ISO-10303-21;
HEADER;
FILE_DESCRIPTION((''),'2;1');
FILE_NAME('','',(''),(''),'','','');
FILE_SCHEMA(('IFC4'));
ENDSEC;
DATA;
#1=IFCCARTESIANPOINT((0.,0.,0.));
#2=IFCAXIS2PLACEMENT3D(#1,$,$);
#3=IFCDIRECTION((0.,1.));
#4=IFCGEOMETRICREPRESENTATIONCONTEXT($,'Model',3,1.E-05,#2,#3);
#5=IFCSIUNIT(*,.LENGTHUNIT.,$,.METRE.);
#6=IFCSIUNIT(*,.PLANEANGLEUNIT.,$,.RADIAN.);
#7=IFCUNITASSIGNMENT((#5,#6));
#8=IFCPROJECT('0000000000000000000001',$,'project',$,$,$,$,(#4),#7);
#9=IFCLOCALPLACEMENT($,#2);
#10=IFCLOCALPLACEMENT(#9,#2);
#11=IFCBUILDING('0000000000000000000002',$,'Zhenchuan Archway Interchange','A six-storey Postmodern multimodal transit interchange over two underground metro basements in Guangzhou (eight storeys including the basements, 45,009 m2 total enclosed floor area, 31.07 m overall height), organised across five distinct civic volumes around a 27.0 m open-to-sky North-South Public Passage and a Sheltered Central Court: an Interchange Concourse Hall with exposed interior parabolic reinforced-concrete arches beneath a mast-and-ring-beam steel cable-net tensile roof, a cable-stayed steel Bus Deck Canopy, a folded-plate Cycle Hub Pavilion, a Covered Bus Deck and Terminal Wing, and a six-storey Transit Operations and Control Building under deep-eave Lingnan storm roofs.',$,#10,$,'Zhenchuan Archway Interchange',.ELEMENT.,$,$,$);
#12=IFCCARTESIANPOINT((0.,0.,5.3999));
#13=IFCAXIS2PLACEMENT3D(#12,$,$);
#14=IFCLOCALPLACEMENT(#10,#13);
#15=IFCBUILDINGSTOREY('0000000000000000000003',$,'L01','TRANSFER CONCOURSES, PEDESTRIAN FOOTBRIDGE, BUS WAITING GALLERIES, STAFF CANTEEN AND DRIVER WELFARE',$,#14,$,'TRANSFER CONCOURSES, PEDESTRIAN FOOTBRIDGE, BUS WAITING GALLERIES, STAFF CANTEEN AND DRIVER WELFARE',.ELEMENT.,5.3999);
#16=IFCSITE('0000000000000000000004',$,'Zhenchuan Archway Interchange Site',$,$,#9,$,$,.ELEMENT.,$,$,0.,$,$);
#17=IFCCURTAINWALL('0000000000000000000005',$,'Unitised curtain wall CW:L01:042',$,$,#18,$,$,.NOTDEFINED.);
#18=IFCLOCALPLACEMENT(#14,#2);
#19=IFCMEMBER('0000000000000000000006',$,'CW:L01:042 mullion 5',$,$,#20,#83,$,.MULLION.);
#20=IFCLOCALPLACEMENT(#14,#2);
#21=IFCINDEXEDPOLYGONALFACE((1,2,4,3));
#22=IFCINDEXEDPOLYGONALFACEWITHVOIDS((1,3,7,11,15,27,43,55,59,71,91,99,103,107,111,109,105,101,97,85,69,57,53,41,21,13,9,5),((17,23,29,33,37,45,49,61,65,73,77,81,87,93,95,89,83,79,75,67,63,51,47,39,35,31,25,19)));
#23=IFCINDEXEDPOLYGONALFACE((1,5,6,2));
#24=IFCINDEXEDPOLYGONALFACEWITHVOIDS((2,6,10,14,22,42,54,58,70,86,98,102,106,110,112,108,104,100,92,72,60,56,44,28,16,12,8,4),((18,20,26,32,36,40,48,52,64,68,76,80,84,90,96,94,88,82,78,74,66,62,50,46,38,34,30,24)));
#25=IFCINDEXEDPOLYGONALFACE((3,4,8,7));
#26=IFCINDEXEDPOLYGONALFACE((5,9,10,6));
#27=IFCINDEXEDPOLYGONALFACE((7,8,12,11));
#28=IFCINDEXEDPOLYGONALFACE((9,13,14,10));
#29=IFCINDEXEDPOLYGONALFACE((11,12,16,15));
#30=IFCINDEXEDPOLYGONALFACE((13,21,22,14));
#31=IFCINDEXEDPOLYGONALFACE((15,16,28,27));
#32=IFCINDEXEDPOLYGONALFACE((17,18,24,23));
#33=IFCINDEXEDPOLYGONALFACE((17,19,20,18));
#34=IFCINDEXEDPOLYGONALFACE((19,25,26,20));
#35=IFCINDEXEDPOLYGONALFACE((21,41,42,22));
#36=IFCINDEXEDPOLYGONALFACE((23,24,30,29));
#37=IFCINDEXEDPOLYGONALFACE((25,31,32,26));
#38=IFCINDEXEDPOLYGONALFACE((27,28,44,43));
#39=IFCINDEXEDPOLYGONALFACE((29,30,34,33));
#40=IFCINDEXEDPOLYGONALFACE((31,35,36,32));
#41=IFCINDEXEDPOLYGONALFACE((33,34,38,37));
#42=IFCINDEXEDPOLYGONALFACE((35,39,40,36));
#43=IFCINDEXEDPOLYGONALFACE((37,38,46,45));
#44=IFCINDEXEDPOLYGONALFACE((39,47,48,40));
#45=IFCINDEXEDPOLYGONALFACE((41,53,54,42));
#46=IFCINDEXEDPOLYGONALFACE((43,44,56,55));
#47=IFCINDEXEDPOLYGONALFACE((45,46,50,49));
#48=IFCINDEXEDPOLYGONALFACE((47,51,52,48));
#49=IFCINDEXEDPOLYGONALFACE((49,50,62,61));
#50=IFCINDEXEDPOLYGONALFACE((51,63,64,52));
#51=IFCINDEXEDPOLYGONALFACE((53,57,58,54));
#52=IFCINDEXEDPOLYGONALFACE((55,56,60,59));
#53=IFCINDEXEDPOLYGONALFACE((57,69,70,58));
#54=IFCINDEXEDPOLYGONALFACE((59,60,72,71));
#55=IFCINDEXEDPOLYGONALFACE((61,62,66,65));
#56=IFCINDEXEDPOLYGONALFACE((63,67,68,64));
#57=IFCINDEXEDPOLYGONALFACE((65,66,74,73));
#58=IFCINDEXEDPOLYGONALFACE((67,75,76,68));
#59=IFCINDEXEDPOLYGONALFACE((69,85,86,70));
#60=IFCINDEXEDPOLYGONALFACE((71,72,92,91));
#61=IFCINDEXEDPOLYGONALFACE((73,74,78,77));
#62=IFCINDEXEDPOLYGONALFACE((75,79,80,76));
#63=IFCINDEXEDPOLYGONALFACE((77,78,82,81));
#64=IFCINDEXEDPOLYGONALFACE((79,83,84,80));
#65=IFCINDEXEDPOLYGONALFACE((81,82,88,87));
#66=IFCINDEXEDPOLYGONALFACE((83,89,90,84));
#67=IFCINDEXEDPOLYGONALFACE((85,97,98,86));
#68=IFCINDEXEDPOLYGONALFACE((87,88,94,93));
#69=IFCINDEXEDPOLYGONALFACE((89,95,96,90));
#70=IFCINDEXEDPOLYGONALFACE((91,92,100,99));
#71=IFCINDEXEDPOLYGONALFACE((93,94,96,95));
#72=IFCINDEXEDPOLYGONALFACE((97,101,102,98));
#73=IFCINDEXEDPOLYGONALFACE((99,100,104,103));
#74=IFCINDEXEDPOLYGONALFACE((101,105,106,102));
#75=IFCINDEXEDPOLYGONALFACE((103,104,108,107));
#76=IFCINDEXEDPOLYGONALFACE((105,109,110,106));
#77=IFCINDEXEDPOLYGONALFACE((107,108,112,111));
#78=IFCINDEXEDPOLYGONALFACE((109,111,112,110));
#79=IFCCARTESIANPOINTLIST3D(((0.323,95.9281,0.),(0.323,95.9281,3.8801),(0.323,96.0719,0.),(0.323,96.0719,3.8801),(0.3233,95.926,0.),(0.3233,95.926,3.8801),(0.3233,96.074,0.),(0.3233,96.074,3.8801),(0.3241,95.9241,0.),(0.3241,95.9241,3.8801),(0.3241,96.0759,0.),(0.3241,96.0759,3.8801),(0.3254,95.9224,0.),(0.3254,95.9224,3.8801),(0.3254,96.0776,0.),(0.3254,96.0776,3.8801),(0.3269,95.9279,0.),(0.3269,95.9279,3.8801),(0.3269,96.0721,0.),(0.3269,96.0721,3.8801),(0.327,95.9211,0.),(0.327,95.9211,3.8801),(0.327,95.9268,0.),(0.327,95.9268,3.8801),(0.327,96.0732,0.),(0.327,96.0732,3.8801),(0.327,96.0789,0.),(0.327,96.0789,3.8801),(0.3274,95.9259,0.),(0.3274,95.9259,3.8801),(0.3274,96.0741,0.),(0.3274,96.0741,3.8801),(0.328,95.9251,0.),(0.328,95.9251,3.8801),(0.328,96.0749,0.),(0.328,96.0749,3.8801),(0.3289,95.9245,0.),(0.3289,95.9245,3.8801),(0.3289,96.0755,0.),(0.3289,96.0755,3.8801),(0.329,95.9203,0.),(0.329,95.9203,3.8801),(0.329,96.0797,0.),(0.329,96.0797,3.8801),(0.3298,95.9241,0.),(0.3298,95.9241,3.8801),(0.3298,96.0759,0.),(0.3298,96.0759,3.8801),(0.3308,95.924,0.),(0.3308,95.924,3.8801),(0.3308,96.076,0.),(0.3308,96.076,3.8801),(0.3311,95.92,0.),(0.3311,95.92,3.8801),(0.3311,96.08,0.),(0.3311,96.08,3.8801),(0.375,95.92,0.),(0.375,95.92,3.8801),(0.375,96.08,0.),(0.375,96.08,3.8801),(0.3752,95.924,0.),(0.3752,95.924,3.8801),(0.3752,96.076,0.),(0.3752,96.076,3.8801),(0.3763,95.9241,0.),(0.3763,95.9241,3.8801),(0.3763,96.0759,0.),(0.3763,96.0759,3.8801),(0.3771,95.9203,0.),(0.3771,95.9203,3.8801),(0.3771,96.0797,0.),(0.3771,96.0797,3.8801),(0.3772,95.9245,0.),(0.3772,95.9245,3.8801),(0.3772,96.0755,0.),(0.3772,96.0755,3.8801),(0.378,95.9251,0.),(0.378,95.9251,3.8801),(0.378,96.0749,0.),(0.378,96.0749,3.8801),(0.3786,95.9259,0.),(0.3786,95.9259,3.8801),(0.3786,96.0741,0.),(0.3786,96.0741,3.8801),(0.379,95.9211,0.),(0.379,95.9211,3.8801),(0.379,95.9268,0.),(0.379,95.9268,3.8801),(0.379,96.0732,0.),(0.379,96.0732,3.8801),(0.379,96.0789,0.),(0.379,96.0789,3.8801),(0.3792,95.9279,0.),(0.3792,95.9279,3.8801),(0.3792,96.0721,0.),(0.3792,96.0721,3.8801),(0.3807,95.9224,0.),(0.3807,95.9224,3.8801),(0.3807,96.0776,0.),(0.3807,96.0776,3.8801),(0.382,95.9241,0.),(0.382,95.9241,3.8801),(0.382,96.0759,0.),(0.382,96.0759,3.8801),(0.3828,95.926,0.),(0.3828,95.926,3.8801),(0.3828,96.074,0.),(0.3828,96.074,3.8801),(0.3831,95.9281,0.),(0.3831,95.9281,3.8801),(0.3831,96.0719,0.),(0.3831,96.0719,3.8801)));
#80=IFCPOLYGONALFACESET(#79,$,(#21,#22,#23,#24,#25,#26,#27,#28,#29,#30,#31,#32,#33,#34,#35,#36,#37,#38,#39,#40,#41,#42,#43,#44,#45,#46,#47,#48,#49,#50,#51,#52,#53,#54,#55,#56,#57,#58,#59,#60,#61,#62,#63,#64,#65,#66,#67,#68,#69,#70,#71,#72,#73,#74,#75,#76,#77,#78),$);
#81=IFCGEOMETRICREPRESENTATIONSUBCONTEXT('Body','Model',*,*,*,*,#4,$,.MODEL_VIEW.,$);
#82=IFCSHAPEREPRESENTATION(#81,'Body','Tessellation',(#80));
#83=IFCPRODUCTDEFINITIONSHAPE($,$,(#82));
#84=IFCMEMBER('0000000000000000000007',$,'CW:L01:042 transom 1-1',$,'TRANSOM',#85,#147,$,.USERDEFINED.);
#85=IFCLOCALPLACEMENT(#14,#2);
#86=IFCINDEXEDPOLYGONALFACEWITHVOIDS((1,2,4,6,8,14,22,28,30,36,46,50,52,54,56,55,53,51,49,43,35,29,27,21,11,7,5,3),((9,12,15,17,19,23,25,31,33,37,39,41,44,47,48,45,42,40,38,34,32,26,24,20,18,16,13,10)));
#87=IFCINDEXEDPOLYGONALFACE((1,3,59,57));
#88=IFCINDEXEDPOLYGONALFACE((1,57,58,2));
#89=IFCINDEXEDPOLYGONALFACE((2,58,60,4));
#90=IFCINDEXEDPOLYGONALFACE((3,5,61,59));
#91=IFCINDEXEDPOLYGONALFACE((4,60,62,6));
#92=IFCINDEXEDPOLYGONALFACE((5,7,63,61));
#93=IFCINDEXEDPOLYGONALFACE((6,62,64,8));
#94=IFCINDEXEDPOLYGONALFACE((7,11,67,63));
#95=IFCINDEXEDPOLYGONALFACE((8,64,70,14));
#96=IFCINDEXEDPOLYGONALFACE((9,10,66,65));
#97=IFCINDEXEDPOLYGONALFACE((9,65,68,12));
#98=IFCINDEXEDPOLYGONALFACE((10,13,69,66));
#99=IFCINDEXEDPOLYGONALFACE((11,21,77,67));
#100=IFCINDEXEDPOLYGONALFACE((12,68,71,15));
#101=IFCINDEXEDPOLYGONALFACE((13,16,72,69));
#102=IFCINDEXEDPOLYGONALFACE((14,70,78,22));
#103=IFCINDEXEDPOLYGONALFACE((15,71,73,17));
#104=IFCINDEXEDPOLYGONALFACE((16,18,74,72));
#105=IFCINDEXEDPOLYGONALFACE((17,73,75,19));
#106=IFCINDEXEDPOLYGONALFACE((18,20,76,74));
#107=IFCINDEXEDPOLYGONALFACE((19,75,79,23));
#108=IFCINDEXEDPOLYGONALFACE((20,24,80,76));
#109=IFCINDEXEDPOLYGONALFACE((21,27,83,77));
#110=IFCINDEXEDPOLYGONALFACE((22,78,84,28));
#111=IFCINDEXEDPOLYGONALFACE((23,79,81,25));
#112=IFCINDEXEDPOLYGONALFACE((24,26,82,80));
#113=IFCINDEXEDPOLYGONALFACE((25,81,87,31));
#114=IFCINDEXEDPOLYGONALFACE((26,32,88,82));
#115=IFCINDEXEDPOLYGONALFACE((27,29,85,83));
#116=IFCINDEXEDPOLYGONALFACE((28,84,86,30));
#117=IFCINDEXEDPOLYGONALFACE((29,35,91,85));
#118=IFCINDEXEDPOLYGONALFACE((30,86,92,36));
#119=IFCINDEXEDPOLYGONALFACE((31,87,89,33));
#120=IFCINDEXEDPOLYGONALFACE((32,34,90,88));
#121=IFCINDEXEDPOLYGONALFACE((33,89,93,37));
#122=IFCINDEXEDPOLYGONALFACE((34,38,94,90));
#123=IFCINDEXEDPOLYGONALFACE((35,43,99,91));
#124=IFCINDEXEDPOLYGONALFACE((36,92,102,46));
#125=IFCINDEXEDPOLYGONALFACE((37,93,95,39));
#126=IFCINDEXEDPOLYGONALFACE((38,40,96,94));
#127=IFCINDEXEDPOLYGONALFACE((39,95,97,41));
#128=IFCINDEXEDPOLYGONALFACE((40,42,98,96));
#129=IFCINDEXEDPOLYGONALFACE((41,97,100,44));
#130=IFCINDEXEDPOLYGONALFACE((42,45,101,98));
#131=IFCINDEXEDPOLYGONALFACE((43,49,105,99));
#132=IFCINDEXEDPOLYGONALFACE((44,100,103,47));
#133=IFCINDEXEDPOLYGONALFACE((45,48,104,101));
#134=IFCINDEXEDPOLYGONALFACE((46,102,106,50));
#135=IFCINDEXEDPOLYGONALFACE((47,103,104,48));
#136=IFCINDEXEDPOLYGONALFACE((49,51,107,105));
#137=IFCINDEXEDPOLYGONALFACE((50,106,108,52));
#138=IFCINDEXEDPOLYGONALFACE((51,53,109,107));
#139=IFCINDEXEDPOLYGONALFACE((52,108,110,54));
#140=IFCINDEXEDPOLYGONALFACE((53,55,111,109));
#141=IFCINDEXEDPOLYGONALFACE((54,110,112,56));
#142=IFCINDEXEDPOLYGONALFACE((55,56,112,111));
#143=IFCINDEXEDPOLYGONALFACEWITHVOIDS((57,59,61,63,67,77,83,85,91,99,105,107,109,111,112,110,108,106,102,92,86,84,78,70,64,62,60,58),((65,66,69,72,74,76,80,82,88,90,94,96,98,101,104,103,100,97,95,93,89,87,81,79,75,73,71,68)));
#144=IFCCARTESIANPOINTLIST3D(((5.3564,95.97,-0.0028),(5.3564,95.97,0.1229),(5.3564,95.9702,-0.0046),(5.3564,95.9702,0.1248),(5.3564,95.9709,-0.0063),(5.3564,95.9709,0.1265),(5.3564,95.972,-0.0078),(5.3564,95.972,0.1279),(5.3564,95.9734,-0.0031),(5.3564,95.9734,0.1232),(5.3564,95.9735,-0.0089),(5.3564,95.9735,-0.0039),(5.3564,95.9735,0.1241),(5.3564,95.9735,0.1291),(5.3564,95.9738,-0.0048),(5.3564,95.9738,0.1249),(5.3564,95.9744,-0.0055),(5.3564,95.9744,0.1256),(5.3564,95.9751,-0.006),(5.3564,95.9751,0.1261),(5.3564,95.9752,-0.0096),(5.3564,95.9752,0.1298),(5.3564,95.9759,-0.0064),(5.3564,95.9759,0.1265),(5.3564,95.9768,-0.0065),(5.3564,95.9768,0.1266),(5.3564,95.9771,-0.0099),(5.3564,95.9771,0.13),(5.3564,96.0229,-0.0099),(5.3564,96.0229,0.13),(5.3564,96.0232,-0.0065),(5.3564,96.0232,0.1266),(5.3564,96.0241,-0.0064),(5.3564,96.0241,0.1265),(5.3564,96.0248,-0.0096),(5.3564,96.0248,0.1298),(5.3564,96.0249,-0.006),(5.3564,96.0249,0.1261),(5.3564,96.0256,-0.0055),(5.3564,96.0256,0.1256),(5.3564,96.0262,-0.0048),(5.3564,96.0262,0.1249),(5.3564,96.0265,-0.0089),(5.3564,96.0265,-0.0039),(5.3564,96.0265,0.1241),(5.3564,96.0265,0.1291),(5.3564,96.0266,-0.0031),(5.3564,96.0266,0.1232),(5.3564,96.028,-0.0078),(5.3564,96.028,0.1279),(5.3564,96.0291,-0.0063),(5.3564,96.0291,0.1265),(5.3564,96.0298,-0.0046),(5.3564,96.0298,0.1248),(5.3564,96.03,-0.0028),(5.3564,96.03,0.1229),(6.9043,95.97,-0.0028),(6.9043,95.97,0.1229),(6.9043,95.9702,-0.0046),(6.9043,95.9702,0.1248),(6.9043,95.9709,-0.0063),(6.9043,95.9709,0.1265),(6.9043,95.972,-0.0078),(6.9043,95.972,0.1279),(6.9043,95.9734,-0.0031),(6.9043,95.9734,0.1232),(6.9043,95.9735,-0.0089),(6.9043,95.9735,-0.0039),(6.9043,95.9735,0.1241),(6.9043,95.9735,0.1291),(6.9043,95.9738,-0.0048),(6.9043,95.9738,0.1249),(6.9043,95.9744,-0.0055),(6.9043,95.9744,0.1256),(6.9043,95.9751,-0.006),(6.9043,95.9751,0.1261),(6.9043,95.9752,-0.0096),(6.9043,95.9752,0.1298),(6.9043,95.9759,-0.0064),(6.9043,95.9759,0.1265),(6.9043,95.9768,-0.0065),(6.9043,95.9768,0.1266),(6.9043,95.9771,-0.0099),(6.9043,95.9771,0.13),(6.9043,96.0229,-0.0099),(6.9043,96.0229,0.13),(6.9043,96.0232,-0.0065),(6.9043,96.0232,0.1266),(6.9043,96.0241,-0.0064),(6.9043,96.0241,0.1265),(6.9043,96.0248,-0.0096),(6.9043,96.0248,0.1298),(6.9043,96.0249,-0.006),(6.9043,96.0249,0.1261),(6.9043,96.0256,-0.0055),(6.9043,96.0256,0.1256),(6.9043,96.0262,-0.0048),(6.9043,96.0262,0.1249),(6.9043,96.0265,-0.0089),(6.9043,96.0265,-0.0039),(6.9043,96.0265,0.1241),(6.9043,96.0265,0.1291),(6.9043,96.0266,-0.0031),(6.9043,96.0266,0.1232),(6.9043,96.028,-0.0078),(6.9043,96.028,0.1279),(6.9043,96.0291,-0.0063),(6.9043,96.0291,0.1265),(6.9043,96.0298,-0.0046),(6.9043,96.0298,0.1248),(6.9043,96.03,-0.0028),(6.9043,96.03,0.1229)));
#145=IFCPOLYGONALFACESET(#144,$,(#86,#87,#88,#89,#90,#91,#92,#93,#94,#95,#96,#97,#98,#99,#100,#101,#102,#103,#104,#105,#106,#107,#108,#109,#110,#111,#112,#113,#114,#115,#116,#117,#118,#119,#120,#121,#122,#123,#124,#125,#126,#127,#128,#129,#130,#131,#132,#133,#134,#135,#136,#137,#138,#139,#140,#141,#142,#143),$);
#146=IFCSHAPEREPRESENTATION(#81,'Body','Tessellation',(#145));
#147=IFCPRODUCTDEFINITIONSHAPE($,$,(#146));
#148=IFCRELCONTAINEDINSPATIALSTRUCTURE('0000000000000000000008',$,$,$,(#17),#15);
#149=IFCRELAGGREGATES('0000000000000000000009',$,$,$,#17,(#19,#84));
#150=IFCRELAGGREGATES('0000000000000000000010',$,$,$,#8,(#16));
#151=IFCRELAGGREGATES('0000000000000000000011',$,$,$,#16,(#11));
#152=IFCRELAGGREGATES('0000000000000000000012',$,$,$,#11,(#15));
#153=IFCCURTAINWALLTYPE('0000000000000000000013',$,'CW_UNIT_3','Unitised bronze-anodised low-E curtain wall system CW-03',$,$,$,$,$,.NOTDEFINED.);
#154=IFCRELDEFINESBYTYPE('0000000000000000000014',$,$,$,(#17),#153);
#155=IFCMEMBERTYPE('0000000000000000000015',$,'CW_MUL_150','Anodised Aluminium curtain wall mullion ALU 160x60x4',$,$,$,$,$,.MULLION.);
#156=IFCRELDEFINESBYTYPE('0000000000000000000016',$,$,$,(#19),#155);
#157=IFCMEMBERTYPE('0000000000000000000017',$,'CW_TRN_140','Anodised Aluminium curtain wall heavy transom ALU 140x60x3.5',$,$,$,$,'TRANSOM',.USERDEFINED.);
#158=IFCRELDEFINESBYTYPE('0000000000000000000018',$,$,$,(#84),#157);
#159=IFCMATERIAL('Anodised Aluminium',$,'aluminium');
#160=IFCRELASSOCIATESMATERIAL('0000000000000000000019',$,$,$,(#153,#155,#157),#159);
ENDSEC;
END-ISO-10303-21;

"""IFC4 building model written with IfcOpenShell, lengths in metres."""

from ifc_helpers import new_model, si_unit, direction, frame, origin, origin_2d, place, context, subcontext, project, spatial, hollow_rectangle, extrude, material, material_profile, profile_set, type_object, element, aggregate, save


model = new_model("IFC4")

# Units and contexts
model_context = context("Model", 3, precision=1e-05, world=origin(), true_north=direction((0.0, 1.0)))
body_context = subcontext(model_context, "Body", "Model", "MODEL_VIEW")
ifc_project = project(units=[si_unit("LENGTHUNIT", "METRE"), si_unit("PLANEANGLEUNIT", "RADIAN")], contexts=[model_context])

# Site, building, storey
site_placement = place(None, origin())
site = spatial("IfcSite", under=ifc_project, at=site_placement, Name="Zhenchuan Archway Interchange Site", CompositionType="ELEMENT", RefElevation=0.0)
building_placement = place(site_placement, origin())
building = spatial("IfcBuilding", under=site, at=building_placement, Name="Zhenchuan Archway Interchange", Description="A six-storey Postmodern multimodal transit interchange over two underground metro basements in Guangzhou (eight storeys including the basements, 45,009 m2 total enclosed floor area, 31.07 m overall height), organised across five distinct civic volumes around a 27.0 m open-to-sky North-South Public Passage and a Sheltered Central Court: an Interchange Concourse Hall with exposed interior parabolic reinforced-concrete arches beneath a mast-and-ring-beam steel cable-net tensile roof, a cable-stayed steel Bus Deck Canopy, a folded-plate Cycle Hub Pavilion, a Covered Bus Deck and Terminal Wing, and a six-storey Transit Operations and Control Building under deep-eave Lingnan storm roofs.", LongName="Zhenchuan Archway Interchange", CompositionType="ELEMENT")
storey_placement = place(building_placement, frame((0.0, 0.0, 5.3999)))
storey = spatial("IfcBuildingStorey", under=building, at=storey_placement, Name="L01", Description="TRANSFER CONCOURSES, PEDESTRIAN FOOTBRIDGE, BUS WAITING GALLERIES, STAFF CANTEEN AND DRIVER WELFARE", LongName="TRANSFER CONCOURSES, PEDESTRIAN FOOTBRIDGE, BUS WAITING GALLERIES, STAFF CANTEEN AND DRIVER WELFARE", CompositionType="ELEMENT", Elevation=5.3999)

# Curtain wall, members
ifc_material_1 = material(Name="Anodised Aluminium", Category="aluminium")
curtain_wall_type = type_object("IfcCurtainWallType", Name="CW_UNIT_3", Description="Unitised bronze-anodised low-E curtain wall system CW-03", PredefinedType="NOTDEFINED", material=ifc_material_1)
curtain_wall_placement = place(storey_placement, origin())
curtain_wall = element("IfcCurtainWall", 1, at=curtain_wall_placement, inside=storey, type_object=curtain_wall_type, Name="Unitised curtain wall CW:L01:042", PredefinedType="NOTDEFINED")
ifc_material_profile_1 = material_profile(ifc_material_1, hollow_rectangle(XDim=0.0601, YDim=0.1599, WallThickness=0.0039, InnerFilletRadius=0.0039, OuterFilletRadius=0.0081, at=origin_2d()), Name="ALU 160x60x4")
ifc_profile_set_1 = profile_set([ifc_material_profile_1], Name="Anodised Aluminium")
member_type_1 = type_object("IfcMemberType", Name="CW_MUL_150", Description="Anodised Aluminium curtain wall mullion ALU 160x60x4", PredefinedType="MULLION", material=ifc_profile_set_1)
member_1_placement = place(storey_placement, frame((0.353, 96.0, 0.0), z_axis=(0.0, 0.0, 1.0), x_axis=(1.0, 0.0, 0.0)))
member_1 = element("IfcMember", 2, at=member_1_placement, type_object=member_type_1, Name="CW:L01:042 mullion 5", PredefinedType="MULLION", context=body_context, shape_type="SweptSolid", body=[
    extrude(hollow_rectangle(XDim=0.0601, YDim=0.1599, WallThickness=0.0039, InnerFilletRadius=0.0039, OuterFilletRadius=0.0081, at=origin_2d()), origin(), (0.0, 0.0, 1.0), 3.8801),
])
ifc_material_profile_2 = material_profile(ifc_material_1, hollow_rectangle(XDim=0.0601, YDim=0.1399, WallThickness=0.0034, InnerFilletRadius=0.0034, OuterFilletRadius=0.0071, at=origin_2d()), Name="ALU 140x60x3.5")
ifc_profile_set_2 = profile_set([ifc_material_profile_2], Name="Anodised Aluminium")
member_type_2 = type_object("IfcMemberType", Name="CW_TRN_140", Description="Anodised Aluminium curtain wall heavy transom ALU 140x60x3.5", ElementType="TRANSOM", PredefinedType="USERDEFINED", material=ifc_profile_set_2)
member_2_placement = place(storey_placement, frame((6.9043, 96.0, 0.0601), z_axis=(-1.0, 0.0, 0.0), x_axis=(0.0, -1.0, 0.0)))
member_2 = element("IfcMember", 3, at=member_2_placement, type_object=member_type_2, Name="CW:L01:042 transom 1-1", ObjectType="TRANSOM", PredefinedType="USERDEFINED", context=body_context, shape_type="SweptSolid", body=[
    extrude(hollow_rectangle(XDim=0.0601, YDim=0.1399, WallThickness=0.0034, InnerFilletRadius=0.0034, OuterFilletRadius=0.0071, at=origin_2d()), origin(), (0.0, 0.0, 1.0), 1.5479),
])

aggregate(curtain_wall, [member_1, member_2])

save(model, "model.ifc")
